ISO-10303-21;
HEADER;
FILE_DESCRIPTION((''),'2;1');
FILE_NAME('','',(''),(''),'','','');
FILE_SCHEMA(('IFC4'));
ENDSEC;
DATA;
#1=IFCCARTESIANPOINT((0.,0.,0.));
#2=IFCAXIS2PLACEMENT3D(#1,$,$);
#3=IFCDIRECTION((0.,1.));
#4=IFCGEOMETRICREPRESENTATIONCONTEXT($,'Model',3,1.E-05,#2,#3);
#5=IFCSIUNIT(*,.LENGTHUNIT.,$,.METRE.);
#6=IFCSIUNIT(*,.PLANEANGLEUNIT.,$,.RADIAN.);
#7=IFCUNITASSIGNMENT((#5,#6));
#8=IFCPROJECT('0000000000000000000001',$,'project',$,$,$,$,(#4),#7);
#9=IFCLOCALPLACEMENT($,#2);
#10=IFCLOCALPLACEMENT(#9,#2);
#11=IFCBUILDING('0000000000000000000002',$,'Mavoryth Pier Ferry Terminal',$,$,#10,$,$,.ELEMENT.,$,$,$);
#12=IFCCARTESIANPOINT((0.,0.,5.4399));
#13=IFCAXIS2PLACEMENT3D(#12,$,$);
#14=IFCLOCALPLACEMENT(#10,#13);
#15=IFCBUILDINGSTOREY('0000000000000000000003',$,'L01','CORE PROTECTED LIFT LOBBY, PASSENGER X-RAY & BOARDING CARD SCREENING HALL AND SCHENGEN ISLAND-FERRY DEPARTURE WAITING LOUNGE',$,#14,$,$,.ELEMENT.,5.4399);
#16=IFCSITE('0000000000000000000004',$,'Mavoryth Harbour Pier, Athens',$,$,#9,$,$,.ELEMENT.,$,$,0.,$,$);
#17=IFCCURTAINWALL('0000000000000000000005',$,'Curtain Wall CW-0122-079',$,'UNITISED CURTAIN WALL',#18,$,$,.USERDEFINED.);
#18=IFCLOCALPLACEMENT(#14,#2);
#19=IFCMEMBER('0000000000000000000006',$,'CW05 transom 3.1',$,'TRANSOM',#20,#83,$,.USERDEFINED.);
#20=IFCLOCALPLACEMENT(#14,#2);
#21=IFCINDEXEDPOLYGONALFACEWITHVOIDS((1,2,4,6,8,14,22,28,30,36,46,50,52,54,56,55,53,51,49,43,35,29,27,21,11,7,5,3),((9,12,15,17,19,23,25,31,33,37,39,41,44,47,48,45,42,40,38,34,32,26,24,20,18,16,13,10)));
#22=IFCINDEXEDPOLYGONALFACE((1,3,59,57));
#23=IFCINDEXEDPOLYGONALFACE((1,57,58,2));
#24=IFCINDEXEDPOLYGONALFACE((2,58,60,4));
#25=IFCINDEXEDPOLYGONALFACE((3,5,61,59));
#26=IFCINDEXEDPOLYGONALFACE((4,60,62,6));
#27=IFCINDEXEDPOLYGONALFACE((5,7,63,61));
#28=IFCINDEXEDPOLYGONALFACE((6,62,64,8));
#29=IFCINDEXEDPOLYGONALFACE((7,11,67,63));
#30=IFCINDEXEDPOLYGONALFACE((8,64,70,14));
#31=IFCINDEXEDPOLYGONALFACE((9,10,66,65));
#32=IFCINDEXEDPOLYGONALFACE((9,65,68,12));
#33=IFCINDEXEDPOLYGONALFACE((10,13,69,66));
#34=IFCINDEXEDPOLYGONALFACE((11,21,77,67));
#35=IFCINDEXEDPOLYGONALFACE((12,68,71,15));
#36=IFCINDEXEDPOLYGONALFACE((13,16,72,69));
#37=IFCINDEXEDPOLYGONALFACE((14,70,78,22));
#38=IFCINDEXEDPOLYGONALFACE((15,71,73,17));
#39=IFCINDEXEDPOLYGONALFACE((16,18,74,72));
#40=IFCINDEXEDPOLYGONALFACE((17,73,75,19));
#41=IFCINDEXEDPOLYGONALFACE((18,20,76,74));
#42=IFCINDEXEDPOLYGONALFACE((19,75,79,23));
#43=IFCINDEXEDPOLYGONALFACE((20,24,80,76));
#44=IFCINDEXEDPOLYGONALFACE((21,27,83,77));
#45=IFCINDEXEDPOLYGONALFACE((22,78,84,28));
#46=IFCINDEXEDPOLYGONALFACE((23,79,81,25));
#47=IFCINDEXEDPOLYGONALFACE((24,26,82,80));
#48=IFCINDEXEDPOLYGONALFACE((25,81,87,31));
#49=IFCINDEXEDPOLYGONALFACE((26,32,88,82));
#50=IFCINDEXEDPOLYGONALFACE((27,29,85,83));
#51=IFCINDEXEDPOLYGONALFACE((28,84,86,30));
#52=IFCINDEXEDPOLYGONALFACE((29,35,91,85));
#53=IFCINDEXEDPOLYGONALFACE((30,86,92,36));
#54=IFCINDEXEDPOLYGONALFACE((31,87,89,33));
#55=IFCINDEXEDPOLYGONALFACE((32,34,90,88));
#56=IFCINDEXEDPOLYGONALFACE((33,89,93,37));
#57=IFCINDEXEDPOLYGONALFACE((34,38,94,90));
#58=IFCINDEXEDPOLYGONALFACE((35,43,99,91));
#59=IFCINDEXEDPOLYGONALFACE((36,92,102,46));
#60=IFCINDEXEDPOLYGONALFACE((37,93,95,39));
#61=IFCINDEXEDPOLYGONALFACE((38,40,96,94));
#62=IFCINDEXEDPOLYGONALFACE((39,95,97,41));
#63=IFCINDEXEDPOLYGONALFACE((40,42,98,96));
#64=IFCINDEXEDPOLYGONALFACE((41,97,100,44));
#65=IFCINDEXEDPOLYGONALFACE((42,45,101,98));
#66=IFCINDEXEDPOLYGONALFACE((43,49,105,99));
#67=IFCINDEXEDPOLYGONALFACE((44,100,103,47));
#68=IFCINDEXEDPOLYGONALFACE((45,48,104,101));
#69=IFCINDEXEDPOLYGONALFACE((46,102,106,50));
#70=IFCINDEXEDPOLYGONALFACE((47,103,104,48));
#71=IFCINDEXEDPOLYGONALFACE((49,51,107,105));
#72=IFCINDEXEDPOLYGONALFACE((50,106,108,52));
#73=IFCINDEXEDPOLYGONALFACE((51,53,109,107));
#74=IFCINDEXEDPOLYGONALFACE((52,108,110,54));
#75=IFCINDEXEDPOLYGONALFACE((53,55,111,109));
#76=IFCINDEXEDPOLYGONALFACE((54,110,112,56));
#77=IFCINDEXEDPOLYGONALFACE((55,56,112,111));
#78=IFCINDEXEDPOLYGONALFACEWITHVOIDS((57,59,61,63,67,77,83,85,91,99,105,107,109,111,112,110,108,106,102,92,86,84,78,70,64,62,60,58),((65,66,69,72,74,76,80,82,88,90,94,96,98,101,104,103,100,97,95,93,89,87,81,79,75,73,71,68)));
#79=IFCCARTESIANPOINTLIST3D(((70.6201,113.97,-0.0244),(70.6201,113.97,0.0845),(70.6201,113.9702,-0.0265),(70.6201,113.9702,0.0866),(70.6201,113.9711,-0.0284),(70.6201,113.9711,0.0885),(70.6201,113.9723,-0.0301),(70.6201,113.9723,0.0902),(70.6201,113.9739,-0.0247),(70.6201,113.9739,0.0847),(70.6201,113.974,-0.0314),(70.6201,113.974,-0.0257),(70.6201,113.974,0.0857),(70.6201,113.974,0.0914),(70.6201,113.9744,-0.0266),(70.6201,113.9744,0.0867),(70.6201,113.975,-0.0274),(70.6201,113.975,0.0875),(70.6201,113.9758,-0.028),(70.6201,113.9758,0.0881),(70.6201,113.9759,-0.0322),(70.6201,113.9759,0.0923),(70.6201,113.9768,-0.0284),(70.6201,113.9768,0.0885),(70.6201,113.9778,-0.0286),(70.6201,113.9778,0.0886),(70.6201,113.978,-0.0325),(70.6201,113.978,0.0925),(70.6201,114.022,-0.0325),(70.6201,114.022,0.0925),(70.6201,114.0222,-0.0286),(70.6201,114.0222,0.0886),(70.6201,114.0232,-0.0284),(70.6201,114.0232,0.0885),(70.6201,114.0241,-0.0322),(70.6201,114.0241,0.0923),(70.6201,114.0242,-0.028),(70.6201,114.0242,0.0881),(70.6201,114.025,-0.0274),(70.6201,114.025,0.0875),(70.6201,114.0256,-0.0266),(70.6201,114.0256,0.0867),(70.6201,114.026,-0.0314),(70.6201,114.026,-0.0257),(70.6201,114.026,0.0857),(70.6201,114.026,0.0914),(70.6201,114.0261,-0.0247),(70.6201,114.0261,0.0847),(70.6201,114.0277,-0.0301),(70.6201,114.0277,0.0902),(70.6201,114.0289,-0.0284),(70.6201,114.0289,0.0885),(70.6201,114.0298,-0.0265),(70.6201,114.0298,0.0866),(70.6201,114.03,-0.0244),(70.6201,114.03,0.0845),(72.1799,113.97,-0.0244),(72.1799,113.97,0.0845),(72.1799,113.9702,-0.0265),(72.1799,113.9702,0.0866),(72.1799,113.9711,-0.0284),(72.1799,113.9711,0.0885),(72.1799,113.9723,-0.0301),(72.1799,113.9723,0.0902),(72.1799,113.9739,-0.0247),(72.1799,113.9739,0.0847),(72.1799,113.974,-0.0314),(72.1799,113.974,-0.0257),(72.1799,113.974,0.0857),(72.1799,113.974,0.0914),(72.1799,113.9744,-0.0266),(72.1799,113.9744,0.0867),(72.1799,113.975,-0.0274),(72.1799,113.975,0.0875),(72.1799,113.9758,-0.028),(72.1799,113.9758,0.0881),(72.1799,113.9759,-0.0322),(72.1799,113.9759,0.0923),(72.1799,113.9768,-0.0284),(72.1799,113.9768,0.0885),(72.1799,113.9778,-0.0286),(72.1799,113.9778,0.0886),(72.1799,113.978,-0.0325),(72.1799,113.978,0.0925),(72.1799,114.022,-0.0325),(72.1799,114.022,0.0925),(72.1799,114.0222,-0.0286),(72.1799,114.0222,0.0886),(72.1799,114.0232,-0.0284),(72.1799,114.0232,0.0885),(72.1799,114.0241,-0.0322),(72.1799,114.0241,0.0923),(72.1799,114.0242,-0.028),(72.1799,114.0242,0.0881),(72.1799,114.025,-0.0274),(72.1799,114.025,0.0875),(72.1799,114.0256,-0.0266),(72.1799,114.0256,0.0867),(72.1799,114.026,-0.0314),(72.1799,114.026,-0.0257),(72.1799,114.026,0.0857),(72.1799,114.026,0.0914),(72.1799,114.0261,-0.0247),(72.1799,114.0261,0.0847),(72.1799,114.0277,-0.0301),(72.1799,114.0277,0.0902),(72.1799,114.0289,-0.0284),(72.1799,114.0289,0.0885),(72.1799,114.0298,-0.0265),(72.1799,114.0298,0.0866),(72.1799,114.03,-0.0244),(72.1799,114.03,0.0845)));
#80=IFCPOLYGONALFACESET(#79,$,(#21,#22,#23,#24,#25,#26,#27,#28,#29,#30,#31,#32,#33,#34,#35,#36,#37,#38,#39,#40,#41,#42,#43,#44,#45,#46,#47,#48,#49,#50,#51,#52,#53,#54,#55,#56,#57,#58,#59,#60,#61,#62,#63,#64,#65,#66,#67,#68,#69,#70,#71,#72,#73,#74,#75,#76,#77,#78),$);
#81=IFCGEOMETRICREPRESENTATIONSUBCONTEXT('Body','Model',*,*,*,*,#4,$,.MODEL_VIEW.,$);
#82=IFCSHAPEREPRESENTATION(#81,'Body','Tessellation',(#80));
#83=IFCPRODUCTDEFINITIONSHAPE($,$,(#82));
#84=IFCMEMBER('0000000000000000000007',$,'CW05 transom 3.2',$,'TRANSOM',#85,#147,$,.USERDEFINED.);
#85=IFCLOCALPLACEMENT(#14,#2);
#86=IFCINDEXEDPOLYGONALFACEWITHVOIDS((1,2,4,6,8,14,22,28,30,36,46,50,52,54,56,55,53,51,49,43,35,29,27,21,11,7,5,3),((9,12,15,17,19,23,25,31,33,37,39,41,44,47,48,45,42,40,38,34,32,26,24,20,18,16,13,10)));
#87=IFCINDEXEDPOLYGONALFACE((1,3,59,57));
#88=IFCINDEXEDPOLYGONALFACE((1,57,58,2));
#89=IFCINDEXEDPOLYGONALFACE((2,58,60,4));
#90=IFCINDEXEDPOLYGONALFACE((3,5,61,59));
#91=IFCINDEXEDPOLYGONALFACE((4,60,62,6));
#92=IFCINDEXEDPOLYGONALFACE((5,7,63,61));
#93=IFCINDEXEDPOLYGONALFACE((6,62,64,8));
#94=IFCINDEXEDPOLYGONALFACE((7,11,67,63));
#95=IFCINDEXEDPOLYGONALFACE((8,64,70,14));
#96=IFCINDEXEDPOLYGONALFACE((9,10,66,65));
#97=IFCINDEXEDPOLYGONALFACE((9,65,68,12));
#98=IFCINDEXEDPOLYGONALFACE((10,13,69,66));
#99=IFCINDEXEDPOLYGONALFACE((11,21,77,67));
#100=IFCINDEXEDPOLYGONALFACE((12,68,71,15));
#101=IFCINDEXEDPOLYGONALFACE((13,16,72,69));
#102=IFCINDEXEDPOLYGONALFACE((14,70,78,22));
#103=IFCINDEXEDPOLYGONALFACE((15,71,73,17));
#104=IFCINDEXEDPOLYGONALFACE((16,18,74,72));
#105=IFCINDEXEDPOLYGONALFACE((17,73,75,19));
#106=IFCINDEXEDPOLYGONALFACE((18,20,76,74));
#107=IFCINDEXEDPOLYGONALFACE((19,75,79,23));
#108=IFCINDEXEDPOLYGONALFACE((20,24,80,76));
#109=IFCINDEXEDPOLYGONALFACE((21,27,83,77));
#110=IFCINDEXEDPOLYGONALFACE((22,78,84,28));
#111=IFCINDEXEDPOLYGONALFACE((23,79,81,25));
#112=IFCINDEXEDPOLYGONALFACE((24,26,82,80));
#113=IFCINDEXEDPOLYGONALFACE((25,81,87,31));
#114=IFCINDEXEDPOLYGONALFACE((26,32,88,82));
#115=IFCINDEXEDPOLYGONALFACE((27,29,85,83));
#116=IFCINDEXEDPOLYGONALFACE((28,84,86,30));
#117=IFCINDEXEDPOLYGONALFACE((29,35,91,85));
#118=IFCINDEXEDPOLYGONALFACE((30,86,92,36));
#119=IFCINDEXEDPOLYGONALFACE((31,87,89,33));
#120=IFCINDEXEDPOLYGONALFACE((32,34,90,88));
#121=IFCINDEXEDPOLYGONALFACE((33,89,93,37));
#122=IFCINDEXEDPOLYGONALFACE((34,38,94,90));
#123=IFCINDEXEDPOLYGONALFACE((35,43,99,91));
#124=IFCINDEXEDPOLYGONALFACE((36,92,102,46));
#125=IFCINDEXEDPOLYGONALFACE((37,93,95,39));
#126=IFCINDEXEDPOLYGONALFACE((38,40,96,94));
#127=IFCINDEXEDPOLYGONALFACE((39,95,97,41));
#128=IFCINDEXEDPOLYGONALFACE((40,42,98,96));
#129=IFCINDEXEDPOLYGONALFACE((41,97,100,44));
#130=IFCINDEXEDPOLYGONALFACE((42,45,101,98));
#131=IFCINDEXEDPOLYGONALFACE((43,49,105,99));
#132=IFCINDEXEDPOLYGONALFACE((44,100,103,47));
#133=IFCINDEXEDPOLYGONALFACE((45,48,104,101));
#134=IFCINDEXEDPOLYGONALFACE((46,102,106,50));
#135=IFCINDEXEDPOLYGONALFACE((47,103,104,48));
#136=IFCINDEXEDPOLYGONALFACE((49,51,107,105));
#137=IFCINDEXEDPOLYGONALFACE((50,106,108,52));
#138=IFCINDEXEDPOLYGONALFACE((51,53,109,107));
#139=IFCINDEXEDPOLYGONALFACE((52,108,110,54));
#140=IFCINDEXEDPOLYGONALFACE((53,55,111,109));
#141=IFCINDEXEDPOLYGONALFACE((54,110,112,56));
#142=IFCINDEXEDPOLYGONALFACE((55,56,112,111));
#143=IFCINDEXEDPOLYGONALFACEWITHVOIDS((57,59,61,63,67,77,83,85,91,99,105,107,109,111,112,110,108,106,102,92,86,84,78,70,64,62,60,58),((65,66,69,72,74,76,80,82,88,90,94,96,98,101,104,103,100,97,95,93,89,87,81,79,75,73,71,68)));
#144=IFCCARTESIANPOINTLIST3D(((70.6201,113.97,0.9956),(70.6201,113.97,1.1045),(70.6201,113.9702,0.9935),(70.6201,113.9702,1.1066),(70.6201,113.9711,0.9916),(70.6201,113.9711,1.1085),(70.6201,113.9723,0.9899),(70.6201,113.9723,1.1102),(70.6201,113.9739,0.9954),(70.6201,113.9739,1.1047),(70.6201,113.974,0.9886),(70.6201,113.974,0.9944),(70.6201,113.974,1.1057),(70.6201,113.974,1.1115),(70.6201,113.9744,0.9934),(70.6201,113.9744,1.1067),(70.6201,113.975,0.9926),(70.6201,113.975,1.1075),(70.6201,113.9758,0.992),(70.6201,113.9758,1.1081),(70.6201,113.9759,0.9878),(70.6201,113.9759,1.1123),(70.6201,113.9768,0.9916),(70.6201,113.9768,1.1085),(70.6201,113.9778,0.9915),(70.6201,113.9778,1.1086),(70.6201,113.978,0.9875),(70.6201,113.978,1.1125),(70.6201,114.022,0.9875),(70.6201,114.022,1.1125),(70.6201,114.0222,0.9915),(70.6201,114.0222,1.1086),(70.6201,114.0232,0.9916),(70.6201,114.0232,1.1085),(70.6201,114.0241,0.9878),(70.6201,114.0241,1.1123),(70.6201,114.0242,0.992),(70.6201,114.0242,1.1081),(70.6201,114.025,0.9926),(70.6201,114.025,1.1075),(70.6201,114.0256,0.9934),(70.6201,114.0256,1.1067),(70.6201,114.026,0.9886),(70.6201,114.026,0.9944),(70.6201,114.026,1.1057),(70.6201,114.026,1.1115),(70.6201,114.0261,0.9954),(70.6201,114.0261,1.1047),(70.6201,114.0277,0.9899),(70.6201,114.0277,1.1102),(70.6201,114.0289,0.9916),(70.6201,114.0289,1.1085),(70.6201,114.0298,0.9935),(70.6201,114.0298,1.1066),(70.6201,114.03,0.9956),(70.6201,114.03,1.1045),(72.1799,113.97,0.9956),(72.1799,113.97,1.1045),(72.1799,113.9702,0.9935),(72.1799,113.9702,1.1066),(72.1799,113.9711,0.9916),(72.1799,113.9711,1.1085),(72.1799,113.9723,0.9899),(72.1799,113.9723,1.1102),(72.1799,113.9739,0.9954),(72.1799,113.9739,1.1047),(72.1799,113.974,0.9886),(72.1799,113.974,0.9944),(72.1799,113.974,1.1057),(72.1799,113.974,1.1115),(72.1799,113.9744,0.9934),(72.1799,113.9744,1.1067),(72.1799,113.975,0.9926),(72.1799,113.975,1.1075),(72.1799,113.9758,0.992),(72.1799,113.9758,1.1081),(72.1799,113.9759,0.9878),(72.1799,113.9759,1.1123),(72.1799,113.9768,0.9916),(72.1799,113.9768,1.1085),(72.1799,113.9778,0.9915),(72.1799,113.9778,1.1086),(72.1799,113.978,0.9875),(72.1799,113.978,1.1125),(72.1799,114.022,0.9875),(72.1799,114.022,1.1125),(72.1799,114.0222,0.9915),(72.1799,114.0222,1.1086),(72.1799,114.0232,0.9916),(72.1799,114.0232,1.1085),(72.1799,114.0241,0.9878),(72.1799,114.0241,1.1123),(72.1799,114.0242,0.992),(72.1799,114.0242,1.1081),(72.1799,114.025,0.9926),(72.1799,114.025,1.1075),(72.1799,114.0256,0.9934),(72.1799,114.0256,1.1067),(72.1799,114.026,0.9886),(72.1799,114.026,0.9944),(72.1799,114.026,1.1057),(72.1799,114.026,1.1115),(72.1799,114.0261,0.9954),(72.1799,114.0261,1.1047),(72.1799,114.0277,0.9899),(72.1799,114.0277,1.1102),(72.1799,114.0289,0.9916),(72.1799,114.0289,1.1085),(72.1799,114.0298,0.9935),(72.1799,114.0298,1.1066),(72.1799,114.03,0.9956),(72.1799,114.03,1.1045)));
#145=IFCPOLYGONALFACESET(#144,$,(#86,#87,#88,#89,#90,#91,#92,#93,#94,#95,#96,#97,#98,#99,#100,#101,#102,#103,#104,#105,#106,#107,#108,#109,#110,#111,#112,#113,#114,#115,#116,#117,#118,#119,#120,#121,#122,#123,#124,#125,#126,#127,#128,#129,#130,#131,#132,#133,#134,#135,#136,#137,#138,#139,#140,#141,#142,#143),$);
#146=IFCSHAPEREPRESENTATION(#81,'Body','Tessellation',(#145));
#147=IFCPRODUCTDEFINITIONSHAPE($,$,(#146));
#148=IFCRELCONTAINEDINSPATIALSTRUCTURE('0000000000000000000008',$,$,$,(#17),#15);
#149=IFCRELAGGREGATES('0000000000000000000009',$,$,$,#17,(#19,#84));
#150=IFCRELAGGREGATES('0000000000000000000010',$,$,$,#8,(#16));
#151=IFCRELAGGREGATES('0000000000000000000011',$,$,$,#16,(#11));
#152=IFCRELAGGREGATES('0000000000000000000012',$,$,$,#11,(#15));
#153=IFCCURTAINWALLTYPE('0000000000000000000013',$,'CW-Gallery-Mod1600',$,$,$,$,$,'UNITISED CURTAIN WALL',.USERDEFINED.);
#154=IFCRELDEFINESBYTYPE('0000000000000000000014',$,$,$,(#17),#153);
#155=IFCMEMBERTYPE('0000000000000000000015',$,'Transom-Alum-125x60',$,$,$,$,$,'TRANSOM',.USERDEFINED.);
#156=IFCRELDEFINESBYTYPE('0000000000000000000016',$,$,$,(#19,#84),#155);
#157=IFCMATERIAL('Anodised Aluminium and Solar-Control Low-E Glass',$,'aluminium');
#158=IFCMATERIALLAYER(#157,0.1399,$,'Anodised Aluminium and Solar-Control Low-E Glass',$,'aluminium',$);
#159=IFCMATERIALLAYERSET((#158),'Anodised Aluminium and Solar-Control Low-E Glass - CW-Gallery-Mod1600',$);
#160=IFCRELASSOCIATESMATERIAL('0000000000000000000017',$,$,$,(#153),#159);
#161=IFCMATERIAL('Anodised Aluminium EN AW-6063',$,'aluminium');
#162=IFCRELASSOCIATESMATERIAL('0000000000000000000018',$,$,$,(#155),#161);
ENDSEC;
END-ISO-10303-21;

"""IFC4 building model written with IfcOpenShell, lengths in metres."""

from ifc_helpers import new_model, si_unit, direction, frame, origin, origin_2d, place, context, subcontext, project, spatial, hollow_rectangle, extrude, material, layer, layer_set, material_profile, profile_set, type_object, element, aggregate, save


model = new_model("IFC4")

# Units and contexts
model_context = context("Model", 3, precision=1e-05, world=origin(), true_north=direction((0.0, 1.0)))
body_context = subcontext(model_context, "Body", "Model", "MODEL_VIEW")
ifc_project = project(units=[si_unit("LENGTHUNIT", "METRE"), si_unit("PLANEANGLEUNIT", "RADIAN")], contexts=[model_context])

# Site, building, storey
site_placement = place(None, origin())
site = spatial("IfcSite", under=ifc_project, at=site_placement, Name="Mavoryth Harbour Pier, Athens", CompositionType="ELEMENT", RefElevation=0.0)
building_placement = place(site_placement, origin())
building = spatial("IfcBuilding", under=site, at=building_placement, Name="Mavoryth Pier Ferry Terminal", CompositionType="ELEMENT")
storey_placement = place(building_placement, frame((0.0, 0.0, 5.4399)))
storey = spatial("IfcBuildingStorey", under=building, at=storey_placement, Name="L01", Description="CORE PROTECTED LIFT LOBBY, PASSENGER X-RAY & BOARDING CARD SCREENING HALL AND SCHENGEN ISLAND-FERRY DEPARTURE WAITING LOUNGE", CompositionType="ELEMENT", Elevation=5.4399)

# Curtain wall, members
ifc_material_1 = material(Name="Anodised Aluminium and Solar-Control Low-E Glass", Category="aluminium")
ifc_layer_1 = layer(ifc_material_1, 0.1399, Name="Anodised Aluminium and Solar-Control Low-E Glass", Category="aluminium")
ifc_layer_set_1 = layer_set([ifc_layer_1], Name="Anodised Aluminium and Solar-Control Low-E Glass - CW-Gallery-Mod1600")
curtain_wall_type = type_object("IfcCurtainWallType", Name="CW-Gallery-Mod1600", ElementType="UNITISED CURTAIN WALL", PredefinedType="USERDEFINED", material=ifc_layer_set_1)
curtain_wall_placement = place(storey_placement, origin())
curtain_wall = element("IfcCurtainWall", 1, at=curtain_wall_placement, inside=storey, type_object=curtain_wall_type, Name="Curtain Wall CW-0122-079", ObjectType="UNITISED CURTAIN WALL", PredefinedType="USERDEFINED")
ifc_material_2 = material(Name="Anodised Aluminium EN AW-6063", Category="aluminium")
ifc_material_profile_1 = material_profile(ifc_material_2, hollow_rectangle(XDim=0.0601, YDim=0.125, WallThickness=0.0039, InnerFilletRadius=0.0039, OuterFilletRadius=0.0081, at=origin_2d()), Name="AL-TRAN 125x60x4", Category="aluminium")
ifc_profile_set_1 = profile_set([ifc_material_profile_1], Name="Anodised Aluminium EN AW-6063 - AL-TRAN 125x60x4")
member_type_1 = type_object("IfcMemberType", Name="Transom-Alum-125x60", ElementType="TRANSOM", PredefinedType="USERDEFINED", material=ifc_profile_set_1)
member_1_placement = place(storey_placement, frame((72.1799, 114.0, 0.03), z_axis=(-1.0, 0.0, 0.0), x_axis=(0.0, -1.0, 0.0)))
member_1 = element("IfcMember", 2, at=member_1_placement, type_object=member_type_1, Name="CW05 transom 3.1", ObjectType="TRANSOM", PredefinedType="USERDEFINED", context=body_context, shape_type="SweptSolid", body=[
    extrude(hollow_rectangle(XDim=0.0601, YDim=0.125, WallThickness=0.0039, InnerFilletRadius=0.0039, OuterFilletRadius=0.0081, at=origin_2d()), origin(), (0.0, 0.0, 1.0), 1.5598),
])
member_2_placement = place(storey_placement, frame((72.1799, 114.0, 1.05), z_axis=(-1.0, 0.0, 0.0), x_axis=(0.0, -1.0, 0.0)))
member_2 = element("IfcMember", 3, at=member_2_placement, type_object=member_type_1, Name="CW05 transom 3.2", ObjectType="TRANSOM", PredefinedType="USERDEFINED", context=body_context, shape_type="SweptSolid", body=[
    extrude(hollow_rectangle(XDim=0.0601, YDim=0.125, WallThickness=0.0039, InnerFilletRadius=0.0039, OuterFilletRadius=0.0081, at=origin_2d()), origin(), (0.0, 0.0, 1.0), 1.5598),
])
aggregate(curtain_wall, [member_1, member_2])

save(model, "model.ifc")
